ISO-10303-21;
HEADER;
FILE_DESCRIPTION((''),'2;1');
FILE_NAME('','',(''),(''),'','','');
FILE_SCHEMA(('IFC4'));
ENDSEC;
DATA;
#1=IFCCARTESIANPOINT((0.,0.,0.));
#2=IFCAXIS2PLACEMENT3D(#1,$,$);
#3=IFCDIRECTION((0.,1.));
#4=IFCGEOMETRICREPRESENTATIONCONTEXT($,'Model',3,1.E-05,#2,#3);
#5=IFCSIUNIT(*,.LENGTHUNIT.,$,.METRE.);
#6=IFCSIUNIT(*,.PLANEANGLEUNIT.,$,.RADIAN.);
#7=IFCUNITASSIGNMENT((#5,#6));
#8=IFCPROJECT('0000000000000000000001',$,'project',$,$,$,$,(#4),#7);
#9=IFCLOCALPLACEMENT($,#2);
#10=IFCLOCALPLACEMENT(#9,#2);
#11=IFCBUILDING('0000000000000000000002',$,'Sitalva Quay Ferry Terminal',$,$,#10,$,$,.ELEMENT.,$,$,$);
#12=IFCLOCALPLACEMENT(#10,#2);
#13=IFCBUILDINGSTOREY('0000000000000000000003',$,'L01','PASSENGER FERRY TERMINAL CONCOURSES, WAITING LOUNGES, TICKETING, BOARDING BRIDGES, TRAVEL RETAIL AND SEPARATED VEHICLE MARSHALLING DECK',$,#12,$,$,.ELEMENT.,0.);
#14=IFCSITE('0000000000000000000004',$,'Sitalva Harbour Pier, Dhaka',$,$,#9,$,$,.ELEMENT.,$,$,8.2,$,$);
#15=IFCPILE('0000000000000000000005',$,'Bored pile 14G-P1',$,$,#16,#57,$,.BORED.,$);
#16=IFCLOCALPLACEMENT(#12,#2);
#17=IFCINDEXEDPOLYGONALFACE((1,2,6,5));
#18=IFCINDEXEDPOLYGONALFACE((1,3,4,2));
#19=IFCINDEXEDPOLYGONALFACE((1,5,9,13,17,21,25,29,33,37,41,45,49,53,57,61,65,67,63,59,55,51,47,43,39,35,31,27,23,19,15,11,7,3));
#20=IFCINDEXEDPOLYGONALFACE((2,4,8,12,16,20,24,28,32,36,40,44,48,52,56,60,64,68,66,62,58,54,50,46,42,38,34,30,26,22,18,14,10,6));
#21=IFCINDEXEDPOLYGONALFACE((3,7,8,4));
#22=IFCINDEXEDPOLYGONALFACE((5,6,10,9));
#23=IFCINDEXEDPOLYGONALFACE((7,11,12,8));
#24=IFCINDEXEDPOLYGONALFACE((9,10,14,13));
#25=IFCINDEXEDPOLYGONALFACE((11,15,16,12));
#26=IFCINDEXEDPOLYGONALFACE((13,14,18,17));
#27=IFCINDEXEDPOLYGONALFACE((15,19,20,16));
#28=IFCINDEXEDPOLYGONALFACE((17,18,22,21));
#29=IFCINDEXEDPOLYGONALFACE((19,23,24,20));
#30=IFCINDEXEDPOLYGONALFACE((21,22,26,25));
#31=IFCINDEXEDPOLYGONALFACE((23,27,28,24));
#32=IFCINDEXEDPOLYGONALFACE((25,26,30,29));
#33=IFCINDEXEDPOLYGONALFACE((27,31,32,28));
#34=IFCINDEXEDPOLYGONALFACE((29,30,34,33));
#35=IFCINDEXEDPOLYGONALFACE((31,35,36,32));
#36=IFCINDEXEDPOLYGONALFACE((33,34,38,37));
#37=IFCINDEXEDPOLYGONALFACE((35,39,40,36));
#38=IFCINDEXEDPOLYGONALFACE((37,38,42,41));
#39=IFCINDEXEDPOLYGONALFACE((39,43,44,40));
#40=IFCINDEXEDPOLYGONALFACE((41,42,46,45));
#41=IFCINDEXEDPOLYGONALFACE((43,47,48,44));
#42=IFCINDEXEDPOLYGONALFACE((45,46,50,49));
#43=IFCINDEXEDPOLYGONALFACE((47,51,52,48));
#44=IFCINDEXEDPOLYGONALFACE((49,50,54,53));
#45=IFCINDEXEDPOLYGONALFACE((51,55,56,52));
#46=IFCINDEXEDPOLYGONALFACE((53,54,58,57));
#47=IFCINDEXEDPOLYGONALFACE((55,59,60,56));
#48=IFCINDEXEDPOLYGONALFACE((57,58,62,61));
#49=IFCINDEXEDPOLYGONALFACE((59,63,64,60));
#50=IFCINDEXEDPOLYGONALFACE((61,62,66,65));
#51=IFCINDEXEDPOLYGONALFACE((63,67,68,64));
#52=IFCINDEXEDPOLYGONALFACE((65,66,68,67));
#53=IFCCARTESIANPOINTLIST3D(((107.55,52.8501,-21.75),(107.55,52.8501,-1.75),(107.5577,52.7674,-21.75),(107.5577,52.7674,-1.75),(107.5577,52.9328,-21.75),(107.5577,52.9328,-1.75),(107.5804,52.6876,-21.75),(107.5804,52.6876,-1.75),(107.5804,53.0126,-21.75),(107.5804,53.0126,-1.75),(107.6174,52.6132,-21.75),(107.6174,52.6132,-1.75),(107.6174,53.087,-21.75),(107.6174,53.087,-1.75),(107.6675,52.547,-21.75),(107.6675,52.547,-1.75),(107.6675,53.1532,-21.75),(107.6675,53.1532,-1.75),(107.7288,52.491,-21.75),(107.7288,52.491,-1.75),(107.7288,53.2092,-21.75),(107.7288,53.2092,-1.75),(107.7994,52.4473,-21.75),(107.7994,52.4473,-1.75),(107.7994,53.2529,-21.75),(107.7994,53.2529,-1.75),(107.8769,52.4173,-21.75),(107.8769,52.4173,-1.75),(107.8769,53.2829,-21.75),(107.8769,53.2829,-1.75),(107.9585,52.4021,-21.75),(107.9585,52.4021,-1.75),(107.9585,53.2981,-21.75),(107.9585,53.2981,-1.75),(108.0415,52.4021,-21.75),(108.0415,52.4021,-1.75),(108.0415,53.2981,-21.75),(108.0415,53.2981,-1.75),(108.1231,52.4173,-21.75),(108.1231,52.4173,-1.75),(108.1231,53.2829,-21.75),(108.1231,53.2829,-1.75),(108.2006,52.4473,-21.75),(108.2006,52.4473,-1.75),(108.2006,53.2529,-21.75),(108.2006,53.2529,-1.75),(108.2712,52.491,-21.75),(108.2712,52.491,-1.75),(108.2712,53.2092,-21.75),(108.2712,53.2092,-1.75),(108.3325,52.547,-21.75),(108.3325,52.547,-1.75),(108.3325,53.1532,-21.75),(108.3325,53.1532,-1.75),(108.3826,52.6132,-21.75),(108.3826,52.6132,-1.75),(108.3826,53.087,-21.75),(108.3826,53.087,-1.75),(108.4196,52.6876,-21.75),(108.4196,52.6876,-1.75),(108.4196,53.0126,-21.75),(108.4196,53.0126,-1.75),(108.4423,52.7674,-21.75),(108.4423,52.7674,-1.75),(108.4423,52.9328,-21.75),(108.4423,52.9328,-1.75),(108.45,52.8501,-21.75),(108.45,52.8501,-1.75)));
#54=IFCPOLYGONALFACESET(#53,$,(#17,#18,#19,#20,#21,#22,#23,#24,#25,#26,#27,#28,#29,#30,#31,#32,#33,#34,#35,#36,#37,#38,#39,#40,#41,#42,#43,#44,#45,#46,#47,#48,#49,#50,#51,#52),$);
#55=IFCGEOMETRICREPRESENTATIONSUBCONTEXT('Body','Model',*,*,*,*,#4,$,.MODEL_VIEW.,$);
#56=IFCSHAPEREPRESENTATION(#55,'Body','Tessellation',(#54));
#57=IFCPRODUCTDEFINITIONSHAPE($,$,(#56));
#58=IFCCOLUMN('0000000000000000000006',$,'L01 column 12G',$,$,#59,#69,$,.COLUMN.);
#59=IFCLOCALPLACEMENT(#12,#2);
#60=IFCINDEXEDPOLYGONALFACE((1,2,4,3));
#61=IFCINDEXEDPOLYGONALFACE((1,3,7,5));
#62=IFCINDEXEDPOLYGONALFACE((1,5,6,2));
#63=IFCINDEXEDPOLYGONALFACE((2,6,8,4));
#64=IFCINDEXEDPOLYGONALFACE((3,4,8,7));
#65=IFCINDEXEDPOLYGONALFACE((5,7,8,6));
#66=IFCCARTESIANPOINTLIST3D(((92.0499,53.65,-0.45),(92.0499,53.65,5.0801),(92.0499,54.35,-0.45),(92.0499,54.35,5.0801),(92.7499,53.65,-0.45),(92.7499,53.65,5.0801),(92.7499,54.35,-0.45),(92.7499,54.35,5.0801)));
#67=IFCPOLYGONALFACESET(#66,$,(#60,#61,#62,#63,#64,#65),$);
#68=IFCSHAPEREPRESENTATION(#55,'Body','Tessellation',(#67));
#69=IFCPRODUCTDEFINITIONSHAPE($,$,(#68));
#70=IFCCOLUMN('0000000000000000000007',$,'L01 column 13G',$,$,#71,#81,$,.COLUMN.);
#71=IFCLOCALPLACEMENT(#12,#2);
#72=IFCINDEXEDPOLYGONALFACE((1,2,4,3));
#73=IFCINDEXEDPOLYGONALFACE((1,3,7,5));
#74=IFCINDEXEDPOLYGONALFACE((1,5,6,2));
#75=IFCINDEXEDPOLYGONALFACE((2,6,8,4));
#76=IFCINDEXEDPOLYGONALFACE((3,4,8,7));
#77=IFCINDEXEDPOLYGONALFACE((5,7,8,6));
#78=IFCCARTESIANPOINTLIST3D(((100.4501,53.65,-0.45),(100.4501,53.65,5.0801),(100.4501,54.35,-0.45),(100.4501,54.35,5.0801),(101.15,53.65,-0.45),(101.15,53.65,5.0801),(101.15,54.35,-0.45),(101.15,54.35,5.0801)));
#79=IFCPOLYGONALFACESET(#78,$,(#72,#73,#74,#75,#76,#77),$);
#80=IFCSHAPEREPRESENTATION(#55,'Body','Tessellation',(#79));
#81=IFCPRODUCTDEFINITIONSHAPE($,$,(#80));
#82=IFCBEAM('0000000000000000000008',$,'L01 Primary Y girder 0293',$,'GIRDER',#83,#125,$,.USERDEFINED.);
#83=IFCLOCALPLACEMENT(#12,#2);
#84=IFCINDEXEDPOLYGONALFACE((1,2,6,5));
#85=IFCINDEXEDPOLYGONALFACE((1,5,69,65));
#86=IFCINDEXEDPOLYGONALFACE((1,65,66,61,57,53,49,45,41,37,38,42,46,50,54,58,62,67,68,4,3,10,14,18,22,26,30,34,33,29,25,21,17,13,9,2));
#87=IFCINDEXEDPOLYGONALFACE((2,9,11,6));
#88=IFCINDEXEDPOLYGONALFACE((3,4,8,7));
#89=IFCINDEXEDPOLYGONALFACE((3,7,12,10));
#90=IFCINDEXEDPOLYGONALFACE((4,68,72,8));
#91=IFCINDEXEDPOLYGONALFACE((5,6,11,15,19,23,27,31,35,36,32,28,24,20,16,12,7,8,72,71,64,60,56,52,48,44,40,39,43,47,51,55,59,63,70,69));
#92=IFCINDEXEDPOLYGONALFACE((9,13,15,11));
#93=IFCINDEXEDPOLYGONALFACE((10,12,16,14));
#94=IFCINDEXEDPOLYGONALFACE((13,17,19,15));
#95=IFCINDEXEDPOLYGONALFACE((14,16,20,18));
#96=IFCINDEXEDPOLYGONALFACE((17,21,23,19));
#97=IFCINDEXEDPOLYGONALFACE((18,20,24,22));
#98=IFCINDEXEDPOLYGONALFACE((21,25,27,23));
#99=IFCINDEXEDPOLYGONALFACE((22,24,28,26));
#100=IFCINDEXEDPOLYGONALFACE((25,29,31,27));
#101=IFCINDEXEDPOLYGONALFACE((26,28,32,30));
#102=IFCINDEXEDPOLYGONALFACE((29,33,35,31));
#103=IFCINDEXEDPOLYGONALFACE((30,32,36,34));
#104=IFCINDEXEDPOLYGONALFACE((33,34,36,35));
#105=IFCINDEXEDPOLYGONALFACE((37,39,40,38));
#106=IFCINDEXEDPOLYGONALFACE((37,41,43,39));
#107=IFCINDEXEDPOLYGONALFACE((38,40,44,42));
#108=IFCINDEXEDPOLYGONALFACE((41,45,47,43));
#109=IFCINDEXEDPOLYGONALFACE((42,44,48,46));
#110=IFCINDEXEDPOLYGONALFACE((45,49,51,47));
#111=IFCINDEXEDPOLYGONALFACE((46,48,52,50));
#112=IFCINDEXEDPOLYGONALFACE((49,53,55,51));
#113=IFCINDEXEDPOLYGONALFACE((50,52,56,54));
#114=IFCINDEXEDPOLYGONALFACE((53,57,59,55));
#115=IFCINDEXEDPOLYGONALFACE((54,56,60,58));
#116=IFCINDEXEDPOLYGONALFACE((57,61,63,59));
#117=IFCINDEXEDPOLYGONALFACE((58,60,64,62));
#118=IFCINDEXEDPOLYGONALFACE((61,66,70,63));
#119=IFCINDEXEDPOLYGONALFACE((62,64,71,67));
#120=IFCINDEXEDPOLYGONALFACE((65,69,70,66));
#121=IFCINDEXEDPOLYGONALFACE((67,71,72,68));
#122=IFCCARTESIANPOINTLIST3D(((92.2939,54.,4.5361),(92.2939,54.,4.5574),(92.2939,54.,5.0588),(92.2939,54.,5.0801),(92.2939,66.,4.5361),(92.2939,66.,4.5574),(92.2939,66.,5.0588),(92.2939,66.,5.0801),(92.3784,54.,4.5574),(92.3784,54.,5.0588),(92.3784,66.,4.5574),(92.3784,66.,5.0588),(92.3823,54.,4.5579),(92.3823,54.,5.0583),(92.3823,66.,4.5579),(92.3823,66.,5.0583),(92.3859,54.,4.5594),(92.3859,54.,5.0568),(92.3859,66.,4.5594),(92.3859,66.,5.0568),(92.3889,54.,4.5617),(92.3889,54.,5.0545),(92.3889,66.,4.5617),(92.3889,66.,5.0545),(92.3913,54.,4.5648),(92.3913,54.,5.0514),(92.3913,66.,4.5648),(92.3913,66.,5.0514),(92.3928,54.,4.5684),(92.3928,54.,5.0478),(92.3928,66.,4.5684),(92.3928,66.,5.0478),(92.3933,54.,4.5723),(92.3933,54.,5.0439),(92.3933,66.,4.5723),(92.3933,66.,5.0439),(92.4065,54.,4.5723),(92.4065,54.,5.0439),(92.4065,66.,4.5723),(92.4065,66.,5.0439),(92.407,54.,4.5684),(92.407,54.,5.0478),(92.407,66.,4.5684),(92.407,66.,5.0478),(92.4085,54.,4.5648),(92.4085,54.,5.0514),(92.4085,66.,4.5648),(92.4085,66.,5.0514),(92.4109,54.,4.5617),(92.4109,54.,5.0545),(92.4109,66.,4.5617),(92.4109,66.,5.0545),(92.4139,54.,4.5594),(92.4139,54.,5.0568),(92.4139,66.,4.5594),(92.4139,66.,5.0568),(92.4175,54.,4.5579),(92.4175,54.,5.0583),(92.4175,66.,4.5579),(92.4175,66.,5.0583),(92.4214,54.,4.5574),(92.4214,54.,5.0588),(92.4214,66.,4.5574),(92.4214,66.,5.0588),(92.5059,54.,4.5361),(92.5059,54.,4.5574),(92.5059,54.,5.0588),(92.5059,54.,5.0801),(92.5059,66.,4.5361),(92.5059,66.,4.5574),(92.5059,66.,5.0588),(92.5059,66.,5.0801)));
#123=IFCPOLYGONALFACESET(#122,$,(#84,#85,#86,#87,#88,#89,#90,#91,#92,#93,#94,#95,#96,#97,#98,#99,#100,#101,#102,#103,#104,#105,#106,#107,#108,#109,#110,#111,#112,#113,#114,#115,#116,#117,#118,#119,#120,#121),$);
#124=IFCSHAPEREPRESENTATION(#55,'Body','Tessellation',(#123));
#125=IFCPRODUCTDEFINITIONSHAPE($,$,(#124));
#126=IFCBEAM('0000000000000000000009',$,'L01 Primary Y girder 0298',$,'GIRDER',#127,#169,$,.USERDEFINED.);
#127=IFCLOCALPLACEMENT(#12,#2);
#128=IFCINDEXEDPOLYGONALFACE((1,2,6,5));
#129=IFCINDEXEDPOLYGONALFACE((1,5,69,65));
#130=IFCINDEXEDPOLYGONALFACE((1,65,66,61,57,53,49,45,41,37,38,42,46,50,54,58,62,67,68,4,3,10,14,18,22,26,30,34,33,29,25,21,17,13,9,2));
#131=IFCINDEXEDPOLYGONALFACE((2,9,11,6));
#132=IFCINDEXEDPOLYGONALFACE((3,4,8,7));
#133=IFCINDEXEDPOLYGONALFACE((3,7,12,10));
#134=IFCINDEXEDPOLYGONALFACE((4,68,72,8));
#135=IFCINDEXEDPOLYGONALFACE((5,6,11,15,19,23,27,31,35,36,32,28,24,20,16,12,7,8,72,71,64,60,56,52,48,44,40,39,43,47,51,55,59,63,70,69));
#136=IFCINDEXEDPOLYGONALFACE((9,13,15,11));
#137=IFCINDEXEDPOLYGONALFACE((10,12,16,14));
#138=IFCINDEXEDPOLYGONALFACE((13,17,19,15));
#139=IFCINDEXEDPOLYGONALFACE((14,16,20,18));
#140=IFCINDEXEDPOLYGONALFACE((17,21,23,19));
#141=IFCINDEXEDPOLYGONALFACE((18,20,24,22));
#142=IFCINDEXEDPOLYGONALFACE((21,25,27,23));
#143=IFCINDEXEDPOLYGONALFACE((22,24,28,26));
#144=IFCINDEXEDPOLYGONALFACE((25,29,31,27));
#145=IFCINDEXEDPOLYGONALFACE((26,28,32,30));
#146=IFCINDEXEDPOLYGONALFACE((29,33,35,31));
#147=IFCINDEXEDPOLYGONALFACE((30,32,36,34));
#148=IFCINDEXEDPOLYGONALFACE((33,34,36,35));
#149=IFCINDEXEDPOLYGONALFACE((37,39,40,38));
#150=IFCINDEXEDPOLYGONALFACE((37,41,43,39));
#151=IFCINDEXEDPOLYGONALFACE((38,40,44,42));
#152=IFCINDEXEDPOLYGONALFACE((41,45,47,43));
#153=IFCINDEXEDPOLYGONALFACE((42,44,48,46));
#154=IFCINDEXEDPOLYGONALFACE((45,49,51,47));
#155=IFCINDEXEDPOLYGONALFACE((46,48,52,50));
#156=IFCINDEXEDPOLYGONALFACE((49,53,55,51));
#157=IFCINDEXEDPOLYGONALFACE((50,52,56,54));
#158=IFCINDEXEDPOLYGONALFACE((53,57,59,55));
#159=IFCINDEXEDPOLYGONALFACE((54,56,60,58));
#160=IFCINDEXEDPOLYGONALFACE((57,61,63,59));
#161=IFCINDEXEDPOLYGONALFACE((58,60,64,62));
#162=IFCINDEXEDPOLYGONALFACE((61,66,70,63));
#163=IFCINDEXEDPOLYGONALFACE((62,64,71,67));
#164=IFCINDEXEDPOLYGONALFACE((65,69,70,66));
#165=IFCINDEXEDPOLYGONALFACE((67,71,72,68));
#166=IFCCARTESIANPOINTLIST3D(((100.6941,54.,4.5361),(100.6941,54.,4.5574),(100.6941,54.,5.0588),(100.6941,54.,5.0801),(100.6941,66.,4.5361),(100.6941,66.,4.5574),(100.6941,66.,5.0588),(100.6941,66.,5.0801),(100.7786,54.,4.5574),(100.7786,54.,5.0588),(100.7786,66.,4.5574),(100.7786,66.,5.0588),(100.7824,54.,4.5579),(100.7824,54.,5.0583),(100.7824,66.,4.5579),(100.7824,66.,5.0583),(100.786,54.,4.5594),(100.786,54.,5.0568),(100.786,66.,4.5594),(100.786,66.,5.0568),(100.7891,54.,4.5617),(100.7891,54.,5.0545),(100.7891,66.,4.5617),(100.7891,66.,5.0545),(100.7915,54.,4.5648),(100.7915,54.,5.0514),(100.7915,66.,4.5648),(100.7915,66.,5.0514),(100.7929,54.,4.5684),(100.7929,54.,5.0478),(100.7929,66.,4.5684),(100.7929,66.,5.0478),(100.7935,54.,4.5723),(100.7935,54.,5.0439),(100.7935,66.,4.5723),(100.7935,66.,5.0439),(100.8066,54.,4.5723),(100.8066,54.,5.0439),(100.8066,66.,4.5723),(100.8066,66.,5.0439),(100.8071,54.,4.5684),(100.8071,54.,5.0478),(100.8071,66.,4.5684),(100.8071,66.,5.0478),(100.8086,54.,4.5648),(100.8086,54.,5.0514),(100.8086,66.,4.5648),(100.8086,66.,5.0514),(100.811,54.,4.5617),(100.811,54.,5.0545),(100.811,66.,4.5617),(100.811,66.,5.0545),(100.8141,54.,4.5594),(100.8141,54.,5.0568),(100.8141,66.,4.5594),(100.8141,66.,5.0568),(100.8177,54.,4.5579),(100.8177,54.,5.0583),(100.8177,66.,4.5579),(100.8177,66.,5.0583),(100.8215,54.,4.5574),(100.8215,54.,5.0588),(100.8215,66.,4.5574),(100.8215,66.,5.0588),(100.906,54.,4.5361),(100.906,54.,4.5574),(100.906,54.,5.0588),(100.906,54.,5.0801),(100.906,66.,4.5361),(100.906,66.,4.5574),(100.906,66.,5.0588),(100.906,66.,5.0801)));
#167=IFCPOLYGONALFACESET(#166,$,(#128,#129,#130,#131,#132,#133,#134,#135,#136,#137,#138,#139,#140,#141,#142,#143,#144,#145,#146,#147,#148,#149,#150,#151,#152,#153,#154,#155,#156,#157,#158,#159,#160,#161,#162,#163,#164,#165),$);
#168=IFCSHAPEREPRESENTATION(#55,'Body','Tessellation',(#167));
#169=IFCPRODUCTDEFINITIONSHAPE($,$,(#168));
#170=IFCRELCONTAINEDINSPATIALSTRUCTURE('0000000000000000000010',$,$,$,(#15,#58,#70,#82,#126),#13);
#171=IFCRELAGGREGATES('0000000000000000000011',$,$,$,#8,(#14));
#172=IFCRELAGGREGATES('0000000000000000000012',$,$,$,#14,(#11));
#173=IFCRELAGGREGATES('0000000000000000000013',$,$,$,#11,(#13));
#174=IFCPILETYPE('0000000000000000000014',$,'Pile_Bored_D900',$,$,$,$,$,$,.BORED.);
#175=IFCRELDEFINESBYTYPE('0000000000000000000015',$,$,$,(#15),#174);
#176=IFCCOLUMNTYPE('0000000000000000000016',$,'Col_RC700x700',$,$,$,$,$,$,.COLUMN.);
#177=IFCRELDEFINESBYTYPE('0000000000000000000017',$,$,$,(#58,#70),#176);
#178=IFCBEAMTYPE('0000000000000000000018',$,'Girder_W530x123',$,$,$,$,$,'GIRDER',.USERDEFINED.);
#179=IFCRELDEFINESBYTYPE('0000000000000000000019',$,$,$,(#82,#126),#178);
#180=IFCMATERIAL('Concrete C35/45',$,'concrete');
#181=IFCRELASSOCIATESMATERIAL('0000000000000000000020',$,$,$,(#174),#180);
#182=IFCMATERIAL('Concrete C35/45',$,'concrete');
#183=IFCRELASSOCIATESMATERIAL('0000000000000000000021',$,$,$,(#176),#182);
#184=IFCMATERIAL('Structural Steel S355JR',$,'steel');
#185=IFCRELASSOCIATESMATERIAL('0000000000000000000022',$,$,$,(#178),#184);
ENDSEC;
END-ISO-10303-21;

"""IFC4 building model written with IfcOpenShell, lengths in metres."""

from ifc_helpers import new_model, si_unit, direction, frame, origin, origin_2d, place, context, subcontext, project, spatial, rectangle, circle, i_section, extrude, material, material_profile, profile_set, type_object, element, save


model = new_model("IFC4")

# Units and contexts
model_context = context("Model", 3, precision=1e-05, world=origin(), true_north=direction((0.0, 1.0)))
body_context = subcontext(model_context, "Body", "Model", "MODEL_VIEW")
ifc_project = project(units=[si_unit("LENGTHUNIT", "METRE"), si_unit("PLANEANGLEUNIT", "RADIAN")], contexts=[model_context])

# Site, building, storey
site_placement = place(None, origin())
site = spatial("IfcSite", under=ifc_project, at=site_placement, Name="Sitalva Harbour Pier, Dhaka", CompositionType="ELEMENT", RefElevation=8.2)
building_placement = place(site_placement, origin())
building = spatial("IfcBuilding", under=site, at=building_placement, Name="Sitalva Quay Ferry Terminal", CompositionType="ELEMENT")
storey_placement = place(building_placement, origin())
storey = spatial("IfcBuildingStorey", under=building, at=storey_placement, Name="L01", Description="PASSENGER FERRY TERMINAL CONCOURSES, WAITING LOUNGES, TICKETING, BOARDING BRIDGES, TRAVEL RETAIL AND SEPARATED VEHICLE MARSHALLING DECK", CompositionType="ELEMENT", Elevation=0.0)

# Pile
ifc_material_1 = material(Name="Concrete C35/45", Category="concrete")
ifc_material_profile_1 = material_profile(ifc_material_1, circle(Radius=0.45, at=origin_2d()), Name="PILE-D900")
ifc_profile_set_1 = profile_set([ifc_material_profile_1], Name="Concrete C35/45")
pile_type = type_object("IfcPileType", Name="Pile_Bored_D900", PredefinedType="BORED", material=ifc_profile_set_1)
for number, where, z_axis, x_axis, name in (
    (1, (108.0, 52.8501, -1.75), (0.0, 0.0, -1.0), (1.0, 0.0, 0.0), "Bored pile 14G-P1"),
):
    element("IfcPile", number, at=place(storey_placement, frame(where, z_axis=z_axis, x_axis=x_axis)), inside=storey, type_object=pile_type, Name=name, PredefinedType="BORED", context=body_context, shape_type="SweptSolid", body=[
        extrude(circle(Radius=0.45, at=origin_2d()), origin(), (0.0, 0.0, 1.0), 20.0),
    ])

# Columns
ifc_material_2 = material(Name="Concrete C35/45", Category="concrete")
ifc_material_profile_2 = material_profile(ifc_material_2, rectangle(XDim=0.7, YDim=0.7, at=origin_2d()), Name="RC700x700")
ifc_profile_set_2 = profile_set([ifc_material_profile_2], Name="Concrete C35/45")
column_type = type_object("IfcColumnType", Name="Col_RC700x700", PredefinedType="COLUMN", material=ifc_profile_set_2)
for number, where, z_axis, x_axis, name in (
    (2, (92.3999, 54.0, -0.45), (0.0, 0.0, 1.0), (1.0, 0.0, 0.0), "L01 column 12G"),
    (3, (100.8, 54.0, -0.45), (0.0, 0.0, 1.0), (1.0, 0.0, 0.0), "L01 column 13G"),
):
    element("IfcColumn", number, at=place(storey_placement, frame(where, z_axis=z_axis, x_axis=x_axis)), inside=storey, type_object=column_type, Name=name, PredefinedType="COLUMN", context=body_context, shape_type="SweptSolid", body=[
        extrude(rectangle(XDim=0.7, YDim=0.7, at=origin_2d()), origin(), (0.0, 0.0, 1.0), 5.53),
    ])

# Beams
ifc_material_3 = material(Name="Structural Steel S355JR", Category="steel")
ifc_material_profile_3 = material_profile(ifc_material_3, i_section(OverallWidth=0.2119, OverallDepth=0.5439, WebThickness=0.0132, FlangeThickness=0.0212, FilletRadius=0.0149, at=origin_2d()), Name="W530x123")
ifc_profile_set_3 = profile_set([ifc_material_profile_3], Name="Structural Steel S355JR")
beam_type_1 = type_object("IfcBeamType", Name="Girder_W530x123", ElementType="GIRDER", PredefinedType="USERDEFINED", material=ifc_profile_set_3)
for number, where, z_axis, x_axis, name in (
    (4, (92.3999, 54.0, 4.8081), (0.0, 1.0, 0.0), (-1.0, 0.0, 0.0), "L01 Primary Y girder 0293"),
    (5, (100.8, 54.0, 4.8081), (0.0, 1.0, 0.0), (-1.0, 0.0, 0.0), "L01 Primary Y girder 0298"),
):
    element("IfcBeam", number, at=place(storey_placement, frame(where, z_axis=z_axis, x_axis=x_axis)), inside=storey, type_object=beam_type_1, Name=name, ObjectType="GIRDER", PredefinedType="USERDEFINED", context=body_context, shape_type="SweptSolid", body=[
        extrude(i_section(OverallWidth=0.2119, OverallDepth=0.5439, WebThickness=0.0132, FlangeThickness=0.0212, FilletRadius=0.0149, at=origin_2d()), origin(), (0.0, 0.0, 1.0), 12.0),
    ])

save(model, "model.ifc")
